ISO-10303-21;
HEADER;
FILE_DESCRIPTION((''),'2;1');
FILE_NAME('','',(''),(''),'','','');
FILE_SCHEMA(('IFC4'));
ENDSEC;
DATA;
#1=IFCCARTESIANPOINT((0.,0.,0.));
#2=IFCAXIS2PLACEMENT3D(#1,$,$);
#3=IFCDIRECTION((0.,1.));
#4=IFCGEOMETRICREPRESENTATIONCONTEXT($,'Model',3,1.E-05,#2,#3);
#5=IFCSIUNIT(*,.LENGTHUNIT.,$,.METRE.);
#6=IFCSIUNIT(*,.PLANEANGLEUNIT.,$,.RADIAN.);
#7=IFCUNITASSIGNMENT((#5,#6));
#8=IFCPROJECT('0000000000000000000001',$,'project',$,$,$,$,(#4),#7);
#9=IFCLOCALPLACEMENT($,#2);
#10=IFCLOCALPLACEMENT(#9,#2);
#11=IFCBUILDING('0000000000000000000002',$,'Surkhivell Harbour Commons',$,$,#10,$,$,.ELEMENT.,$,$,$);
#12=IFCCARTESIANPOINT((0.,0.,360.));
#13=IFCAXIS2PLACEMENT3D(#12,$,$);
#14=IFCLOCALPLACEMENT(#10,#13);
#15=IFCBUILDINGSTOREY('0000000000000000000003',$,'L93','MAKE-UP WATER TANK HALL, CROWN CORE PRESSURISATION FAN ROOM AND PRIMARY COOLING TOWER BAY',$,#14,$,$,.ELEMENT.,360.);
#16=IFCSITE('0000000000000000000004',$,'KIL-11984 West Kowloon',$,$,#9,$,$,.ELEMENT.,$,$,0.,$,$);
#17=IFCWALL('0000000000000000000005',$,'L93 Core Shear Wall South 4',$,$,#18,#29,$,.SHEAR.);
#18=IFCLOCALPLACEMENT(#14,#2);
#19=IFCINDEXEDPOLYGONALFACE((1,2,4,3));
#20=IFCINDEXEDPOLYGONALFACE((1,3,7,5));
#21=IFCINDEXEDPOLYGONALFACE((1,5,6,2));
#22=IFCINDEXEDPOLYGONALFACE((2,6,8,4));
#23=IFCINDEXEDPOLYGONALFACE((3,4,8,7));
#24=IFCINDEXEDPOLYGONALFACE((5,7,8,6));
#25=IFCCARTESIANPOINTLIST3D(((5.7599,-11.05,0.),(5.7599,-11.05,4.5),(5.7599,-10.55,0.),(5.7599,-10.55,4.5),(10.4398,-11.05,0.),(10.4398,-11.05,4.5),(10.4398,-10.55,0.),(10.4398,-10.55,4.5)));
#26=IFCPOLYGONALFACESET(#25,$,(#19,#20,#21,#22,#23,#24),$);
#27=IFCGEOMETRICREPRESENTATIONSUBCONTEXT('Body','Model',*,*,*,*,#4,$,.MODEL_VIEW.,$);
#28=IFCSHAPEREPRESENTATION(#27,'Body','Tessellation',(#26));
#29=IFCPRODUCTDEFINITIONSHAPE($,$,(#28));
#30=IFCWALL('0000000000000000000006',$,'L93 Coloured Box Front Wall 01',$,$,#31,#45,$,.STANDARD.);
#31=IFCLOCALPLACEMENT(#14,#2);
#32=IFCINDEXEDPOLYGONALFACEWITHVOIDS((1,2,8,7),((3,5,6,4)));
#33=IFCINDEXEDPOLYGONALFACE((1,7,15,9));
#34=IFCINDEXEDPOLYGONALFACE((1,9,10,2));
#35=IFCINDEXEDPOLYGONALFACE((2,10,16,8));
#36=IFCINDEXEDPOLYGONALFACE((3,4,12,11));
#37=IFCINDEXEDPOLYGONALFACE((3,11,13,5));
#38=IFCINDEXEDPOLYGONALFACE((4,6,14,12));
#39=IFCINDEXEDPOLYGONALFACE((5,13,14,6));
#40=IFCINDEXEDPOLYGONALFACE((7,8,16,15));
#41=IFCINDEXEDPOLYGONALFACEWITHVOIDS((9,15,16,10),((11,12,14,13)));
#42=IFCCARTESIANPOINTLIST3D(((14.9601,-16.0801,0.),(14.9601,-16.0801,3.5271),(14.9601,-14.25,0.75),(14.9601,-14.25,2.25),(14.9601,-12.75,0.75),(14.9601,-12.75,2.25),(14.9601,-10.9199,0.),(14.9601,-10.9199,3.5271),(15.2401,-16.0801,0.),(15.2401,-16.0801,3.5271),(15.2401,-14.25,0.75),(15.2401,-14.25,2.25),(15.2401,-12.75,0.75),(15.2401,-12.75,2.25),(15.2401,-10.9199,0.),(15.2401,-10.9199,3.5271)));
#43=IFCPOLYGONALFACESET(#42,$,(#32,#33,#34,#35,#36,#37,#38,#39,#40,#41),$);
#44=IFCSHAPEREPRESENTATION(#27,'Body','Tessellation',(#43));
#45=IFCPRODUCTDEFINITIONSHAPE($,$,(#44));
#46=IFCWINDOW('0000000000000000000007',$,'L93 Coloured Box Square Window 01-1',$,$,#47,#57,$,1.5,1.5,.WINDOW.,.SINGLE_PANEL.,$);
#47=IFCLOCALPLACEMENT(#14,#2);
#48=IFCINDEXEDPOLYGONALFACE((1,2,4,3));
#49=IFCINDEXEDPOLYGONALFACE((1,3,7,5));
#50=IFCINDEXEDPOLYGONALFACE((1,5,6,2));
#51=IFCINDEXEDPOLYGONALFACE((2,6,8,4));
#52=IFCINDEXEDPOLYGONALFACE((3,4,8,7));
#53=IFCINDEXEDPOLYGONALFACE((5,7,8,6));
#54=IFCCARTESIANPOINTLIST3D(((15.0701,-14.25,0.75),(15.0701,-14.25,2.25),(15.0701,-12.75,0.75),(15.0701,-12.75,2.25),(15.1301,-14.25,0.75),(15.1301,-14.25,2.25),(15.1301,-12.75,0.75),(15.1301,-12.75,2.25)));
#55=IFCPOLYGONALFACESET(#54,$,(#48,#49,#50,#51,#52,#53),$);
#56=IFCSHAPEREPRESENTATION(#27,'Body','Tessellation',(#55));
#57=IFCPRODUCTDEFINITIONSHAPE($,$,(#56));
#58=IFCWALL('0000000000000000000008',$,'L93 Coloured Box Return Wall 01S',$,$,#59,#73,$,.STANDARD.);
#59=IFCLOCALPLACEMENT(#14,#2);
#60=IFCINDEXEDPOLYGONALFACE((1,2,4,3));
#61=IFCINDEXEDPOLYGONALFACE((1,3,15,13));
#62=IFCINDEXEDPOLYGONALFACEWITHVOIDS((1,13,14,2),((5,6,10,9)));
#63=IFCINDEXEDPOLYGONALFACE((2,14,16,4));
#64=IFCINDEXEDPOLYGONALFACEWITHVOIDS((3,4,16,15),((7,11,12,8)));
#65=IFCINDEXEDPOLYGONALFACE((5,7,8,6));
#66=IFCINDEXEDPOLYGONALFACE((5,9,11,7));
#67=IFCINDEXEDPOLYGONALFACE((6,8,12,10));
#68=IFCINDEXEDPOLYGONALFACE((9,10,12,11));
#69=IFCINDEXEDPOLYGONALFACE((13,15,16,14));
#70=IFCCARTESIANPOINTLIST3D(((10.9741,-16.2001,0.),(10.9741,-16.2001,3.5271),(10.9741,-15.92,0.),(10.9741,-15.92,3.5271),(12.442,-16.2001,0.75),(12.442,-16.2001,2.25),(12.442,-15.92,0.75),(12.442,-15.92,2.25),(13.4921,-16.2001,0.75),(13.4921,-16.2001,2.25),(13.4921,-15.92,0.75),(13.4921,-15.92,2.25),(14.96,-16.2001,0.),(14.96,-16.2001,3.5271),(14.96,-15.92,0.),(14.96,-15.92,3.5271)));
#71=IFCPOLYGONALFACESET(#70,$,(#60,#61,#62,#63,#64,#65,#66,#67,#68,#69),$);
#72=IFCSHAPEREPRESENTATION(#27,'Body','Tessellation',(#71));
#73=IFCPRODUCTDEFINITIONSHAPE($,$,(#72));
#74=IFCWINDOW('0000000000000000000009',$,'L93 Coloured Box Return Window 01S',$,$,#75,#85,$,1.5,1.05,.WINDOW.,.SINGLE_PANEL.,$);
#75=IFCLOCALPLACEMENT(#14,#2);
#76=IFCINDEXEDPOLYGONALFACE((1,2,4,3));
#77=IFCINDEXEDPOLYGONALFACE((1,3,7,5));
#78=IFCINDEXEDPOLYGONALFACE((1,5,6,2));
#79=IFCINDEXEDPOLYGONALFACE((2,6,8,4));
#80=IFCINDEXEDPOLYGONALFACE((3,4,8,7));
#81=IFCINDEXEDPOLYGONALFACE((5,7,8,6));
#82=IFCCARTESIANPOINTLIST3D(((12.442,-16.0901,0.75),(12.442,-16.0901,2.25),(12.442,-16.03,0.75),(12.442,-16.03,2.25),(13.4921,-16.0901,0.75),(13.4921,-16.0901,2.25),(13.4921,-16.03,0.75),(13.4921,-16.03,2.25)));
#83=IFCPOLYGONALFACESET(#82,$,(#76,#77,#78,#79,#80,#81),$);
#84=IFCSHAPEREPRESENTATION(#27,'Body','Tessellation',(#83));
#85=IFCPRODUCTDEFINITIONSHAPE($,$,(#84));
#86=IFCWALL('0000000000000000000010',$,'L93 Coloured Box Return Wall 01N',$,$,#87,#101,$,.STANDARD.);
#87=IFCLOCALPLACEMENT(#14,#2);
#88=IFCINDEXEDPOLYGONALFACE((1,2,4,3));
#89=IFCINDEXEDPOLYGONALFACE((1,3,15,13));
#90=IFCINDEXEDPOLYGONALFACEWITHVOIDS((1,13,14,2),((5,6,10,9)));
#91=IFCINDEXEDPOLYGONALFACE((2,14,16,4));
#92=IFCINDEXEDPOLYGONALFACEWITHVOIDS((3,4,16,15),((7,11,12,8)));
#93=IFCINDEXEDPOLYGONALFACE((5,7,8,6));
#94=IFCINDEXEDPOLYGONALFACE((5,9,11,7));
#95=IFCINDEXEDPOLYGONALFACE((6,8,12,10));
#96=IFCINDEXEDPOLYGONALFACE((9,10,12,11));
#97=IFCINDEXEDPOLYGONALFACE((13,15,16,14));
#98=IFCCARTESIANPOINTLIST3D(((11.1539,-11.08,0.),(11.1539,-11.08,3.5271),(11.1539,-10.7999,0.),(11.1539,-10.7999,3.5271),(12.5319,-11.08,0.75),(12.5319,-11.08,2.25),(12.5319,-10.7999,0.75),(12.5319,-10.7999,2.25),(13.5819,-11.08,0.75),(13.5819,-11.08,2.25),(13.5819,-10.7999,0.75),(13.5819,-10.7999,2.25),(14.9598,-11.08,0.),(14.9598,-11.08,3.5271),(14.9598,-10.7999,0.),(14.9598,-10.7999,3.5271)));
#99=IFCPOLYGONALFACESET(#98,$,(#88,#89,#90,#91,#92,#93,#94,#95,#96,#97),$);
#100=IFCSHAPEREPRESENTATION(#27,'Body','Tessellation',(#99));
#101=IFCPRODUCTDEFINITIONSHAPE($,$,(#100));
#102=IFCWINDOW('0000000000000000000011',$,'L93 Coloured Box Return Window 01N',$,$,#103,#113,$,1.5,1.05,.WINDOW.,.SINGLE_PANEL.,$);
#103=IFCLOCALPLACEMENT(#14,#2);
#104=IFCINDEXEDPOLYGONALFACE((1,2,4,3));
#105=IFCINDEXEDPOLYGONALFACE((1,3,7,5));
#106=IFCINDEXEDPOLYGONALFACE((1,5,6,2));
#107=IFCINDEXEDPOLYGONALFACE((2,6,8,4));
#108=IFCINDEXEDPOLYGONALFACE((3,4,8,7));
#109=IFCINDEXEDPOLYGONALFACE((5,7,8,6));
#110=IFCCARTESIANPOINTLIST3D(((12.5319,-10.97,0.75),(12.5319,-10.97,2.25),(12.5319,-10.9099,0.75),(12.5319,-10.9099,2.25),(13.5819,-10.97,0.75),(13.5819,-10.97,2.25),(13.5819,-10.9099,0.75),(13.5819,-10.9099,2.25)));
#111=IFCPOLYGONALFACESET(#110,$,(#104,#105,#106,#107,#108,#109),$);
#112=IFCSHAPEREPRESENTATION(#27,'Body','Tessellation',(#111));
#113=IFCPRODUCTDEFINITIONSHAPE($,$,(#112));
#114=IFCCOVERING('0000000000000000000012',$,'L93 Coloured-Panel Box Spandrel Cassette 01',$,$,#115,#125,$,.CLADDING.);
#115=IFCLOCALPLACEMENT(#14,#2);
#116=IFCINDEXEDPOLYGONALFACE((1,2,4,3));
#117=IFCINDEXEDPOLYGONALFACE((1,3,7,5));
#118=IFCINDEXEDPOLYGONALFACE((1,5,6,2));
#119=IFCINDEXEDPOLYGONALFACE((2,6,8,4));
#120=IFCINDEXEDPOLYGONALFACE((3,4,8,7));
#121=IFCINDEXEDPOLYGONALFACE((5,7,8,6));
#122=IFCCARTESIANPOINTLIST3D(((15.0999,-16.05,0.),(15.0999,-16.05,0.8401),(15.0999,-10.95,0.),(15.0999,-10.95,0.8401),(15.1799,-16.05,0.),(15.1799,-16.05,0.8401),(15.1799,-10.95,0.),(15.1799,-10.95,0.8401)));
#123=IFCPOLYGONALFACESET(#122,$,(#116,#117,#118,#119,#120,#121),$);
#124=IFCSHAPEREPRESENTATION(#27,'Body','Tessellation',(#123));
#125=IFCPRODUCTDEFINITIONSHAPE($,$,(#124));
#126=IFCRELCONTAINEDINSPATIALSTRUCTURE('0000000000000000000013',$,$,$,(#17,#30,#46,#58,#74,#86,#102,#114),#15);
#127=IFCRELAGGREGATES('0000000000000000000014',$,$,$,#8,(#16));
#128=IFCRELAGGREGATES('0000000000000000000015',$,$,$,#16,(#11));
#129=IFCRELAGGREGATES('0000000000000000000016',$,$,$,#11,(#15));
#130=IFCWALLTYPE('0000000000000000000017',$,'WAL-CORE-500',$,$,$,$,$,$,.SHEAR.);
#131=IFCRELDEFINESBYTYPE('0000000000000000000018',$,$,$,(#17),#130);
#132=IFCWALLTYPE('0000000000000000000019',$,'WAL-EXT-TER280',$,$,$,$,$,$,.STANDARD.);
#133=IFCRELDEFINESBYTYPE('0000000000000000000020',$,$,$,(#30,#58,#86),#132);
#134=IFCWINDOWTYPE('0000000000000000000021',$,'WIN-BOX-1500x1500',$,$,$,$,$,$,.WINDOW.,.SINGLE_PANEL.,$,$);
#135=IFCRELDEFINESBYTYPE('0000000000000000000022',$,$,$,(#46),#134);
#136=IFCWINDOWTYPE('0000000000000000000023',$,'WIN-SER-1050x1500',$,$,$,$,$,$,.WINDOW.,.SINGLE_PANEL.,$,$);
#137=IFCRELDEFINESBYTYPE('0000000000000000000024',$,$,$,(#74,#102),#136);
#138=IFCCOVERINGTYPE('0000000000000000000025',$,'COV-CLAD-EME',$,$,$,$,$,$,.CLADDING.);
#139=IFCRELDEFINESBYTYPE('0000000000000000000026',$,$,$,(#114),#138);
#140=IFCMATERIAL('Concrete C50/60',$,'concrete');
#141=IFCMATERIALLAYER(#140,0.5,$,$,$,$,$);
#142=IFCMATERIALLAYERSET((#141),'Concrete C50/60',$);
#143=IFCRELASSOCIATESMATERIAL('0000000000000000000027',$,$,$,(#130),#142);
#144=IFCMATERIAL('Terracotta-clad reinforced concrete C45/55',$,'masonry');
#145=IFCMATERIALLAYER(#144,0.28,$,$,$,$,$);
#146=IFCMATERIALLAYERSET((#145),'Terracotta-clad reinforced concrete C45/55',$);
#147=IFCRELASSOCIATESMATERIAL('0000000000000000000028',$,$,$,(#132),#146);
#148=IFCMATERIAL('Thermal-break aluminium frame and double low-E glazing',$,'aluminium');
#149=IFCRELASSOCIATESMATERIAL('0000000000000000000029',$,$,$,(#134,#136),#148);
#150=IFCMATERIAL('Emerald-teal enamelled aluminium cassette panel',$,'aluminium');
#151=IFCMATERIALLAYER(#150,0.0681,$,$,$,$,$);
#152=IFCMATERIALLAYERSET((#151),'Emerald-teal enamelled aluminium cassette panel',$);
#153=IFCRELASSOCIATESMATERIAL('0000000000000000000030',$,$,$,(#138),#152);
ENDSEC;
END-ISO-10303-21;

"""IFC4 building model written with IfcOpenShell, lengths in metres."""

from ifc_helpers import new_model, si_unit, direction, frame, frame_2d, origin, origin_2d, place, context, subcontext, project, spatial, rectangle, extrude, material, layer, layer_set, type_object, element, fill, save


model = new_model("IFC4")

# Units and contexts
model_context = context("Model", 3, precision=1e-05, world=origin(), true_north=direction((0.0, 1.0)))
body_context = subcontext(model_context, "Body", "Model", "MODEL_VIEW")
ifc_project = project(units=[si_unit("LENGTHUNIT", "METRE"), si_unit("PLANEANGLEUNIT", "RADIAN")], contexts=[model_context])

# Site, building, storey
site_placement = place(None, origin())
site = spatial("IfcSite", under=ifc_project, at=site_placement, Name="KIL-11984 West Kowloon", CompositionType="ELEMENT", RefElevation=0.0)
building_placement = place(site_placement, origin())
building = spatial("IfcBuilding", under=site, at=building_placement, Name="Surkhivell Harbour Commons", CompositionType="ELEMENT")
storey_placement = place(building_placement, frame((0.0, 0.0, 360.0)))
storey = spatial("IfcBuildingStorey", under=building, at=storey_placement, Name="L93", Description="MAKE-UP WATER TANK HALL, CROWN CORE PRESSURISATION FAN ROOM AND PRIMARY COOLING TOWER BAY", CompositionType="ELEMENT", Elevation=360.0)

# Shared definitions
ifc_material_1 = material(Name="Concrete C50/60", Category="concrete")

# Wall
ifc_layer_1 = layer(ifc_material_1, 0.5)
ifc_layer_set_1 = layer_set([ifc_layer_1], Name="Concrete C50/60")
wall_type_1 = type_object("IfcWallType", Name="WAL-CORE-500", PredefinedType="SHEAR", material=ifc_layer_set_1)
for number, where, z_axis, x_axis, name in (
    (1, (5.76, -10.8, 0.0), (0.0, 0.0, 1.0), (1.0, 0.0, 0.0), "L93 Core Shear Wall South 4"),
):
    element("IfcWall", number, at=place(storey_placement, frame(where, z_axis=z_axis, x_axis=x_axis)), inside=storey, type_object=wall_type_1, Name=name, PredefinedType="SHEAR", context=body_context, shape_type="SweptSolid", body=[
        extrude(rectangle(XDim=4.6799, YDim=0.5, at=frame_2d((2.3398, 0.0))), origin(), (0.0, 0.0, 1.0), 4.5),
    ])

# Walls, openings, windows
ifc_material_2 = material(Name="Terracotta-clad reinforced concrete C45/55", Category="masonry")
ifc_layer_2 = layer(ifc_material_2, 0.28)
ifc_layer_set_2 = layer_set([ifc_layer_2], Name="Terracotta-clad reinforced concrete C45/55")
wall_type_2 = type_object("IfcWallType", Name="WAL-EXT-TER280", PredefinedType="STANDARD", material=ifc_layer_set_2)
wall_1_placement = place(storey_placement, frame((15.1001, -16.0801, 0.0), z_axis=(0.0, 0.0, 1.0), x_axis=(0.0, 1.0, 0.0)))
wall_1 = element("IfcWall", 2, at=wall_1_placement, inside=storey, type_object=wall_type_2, Name="L93 Coloured Box Front Wall 01", PredefinedType="STANDARD", context=body_context, shape_type="SweptSolid", body=[
    extrude(rectangle(XDim=5.1602, YDim=0.28, at=frame_2d((2.5801, 0.0))), origin(), (0.0, 0.0, 1.0), 3.5271),
])
opening_1_placement = place(wall_1_placement, frame((1.8301, 0.0, 0.75)))
opening_1 = element("IfcOpeningElement", 3, at=opening_1_placement, cuts=wall_1, PredefinedType="OPENING", context=body_context, shape_type="SweptSolid", body=[
    extrude(rectangle(XDim=1.5, YDim=1.5, at=frame_2d((0.75, 0.75))), frame((0.0, 0.1499, 0.0), z_axis=(0.0, -1.0, 0.0), x_axis=(1.0, 0.0, 0.0)), (0.0, 0.0, 1.0), 0.3),
])
ifc_material_3 = material(Name="Thermal-break aluminium frame and double low-E glazing", Category="aluminium")
window_type_1 = type_object("IfcWindowType", Name="WIN-BOX-1500x1500", PartitioningType="SINGLE_PANEL", PredefinedType="WINDOW", material=ifc_material_3)
window_1_placement = place(opening_1_placement, origin())
window_1 = element("IfcWindow", 4, at=window_1_placement, inside=storey, type_object=window_type_1, Name="L93 Coloured Box Square Window 01-1", OverallHeight=1.5, OverallWidth=1.5, PartitioningType="SINGLE_PANEL", PredefinedType="WINDOW", context=body_context, shape_type="SweptSolid", body=[
    extrude(rectangle(XDim=1.5, YDim=1.5, at=frame_2d((0.75, 0.75))), frame((0.0, 0.03, 0.0), z_axis=(0.0, -1.0, 0.0), x_axis=(1.0, 0.0, 0.0)), (0.0, 0.0, 1.0), 0.0601),
])
fill(opening_1, window_1)
wall_2_placement = place(storey_placement, frame((10.9741, -16.0601, 0.0), z_axis=(0.0, 0.0, 1.0), x_axis=(1.0, 0.0, 0.0)))
wall_2 = element("IfcWall", 5, at=wall_2_placement, inside=storey, type_object=wall_type_2, Name="L93 Coloured Box Return Wall 01S", PredefinedType="STANDARD", context=body_context, shape_type="SweptSolid", body=[
    extrude(rectangle(XDim=3.9858, YDim=0.28, at=frame_2d((1.9929, 0.0))), origin(), (0.0, 0.0, 1.0), 3.5271),
])
opening_2_placement = place(wall_2_placement, frame((1.468, 0.0, 0.75)))
opening_2 = element("IfcOpeningElement", 6, at=opening_2_placement, cuts=wall_2, PredefinedType="OPENING", context=body_context, shape_type="SweptSolid", body=[
    extrude(rectangle(XDim=1.05, YDim=1.5, at=frame_2d((0.5249, 0.75))), frame((0.0, 0.1499, 0.0), z_axis=(0.0, -1.0, 0.0), x_axis=(1.0, 0.0, 0.0)), (0.0, 0.0, 1.0), 0.3),
])
window_type_2 = type_object("IfcWindowType", Name="WIN-SER-1050x1500", PartitioningType="SINGLE_PANEL", PredefinedType="WINDOW", material=ifc_material_3)
window_2_placement = place(opening_2_placement, origin())
window_2 = element("IfcWindow", 7, at=window_2_placement, inside=storey, type_object=window_type_2, Name="L93 Coloured Box Return Window 01S", OverallHeight=1.5, OverallWidth=1.05, PartitioningType="SINGLE_PANEL", PredefinedType="WINDOW", context=body_context, shape_type="SweptSolid", body=[
    extrude(rectangle(XDim=1.05, YDim=1.5, at=frame_2d((0.5249, 0.75))), frame((0.0, 0.03, 0.0), z_axis=(0.0, -1.0, 0.0), x_axis=(1.0, 0.0, 0.0)), (0.0, 0.0, 1.0), 0.0601),
])
fill(opening_2, window_2)
wall_3_placement = place(storey_placement, frame((11.1541, -10.9399, 0.0), z_axis=(0.0, 0.0, 1.0), x_axis=(1.0, 0.0, 0.0)))
wall_3 = element("IfcWall", 8, at=wall_3_placement, inside=storey, type_object=wall_type_2, Name="L93 Coloured Box Return Wall 01N", PredefinedType="STANDARD", context=body_context, shape_type="SweptSolid", body=[
    extrude(rectangle(XDim=3.8059, YDim=0.28, at=frame_2d((1.9028, 0.0))), origin(), (0.0, 0.0, 1.0), 3.5271),
])
opening_3_placement = place(wall_3_placement, frame((1.3779, 0.0, 0.75)))
opening_3 = element("IfcOpeningElement", 9, at=opening_3_placement, cuts=wall_3, PredefinedType="OPENING", context=body_context, shape_type="SweptSolid", body=[
    extrude(rectangle(XDim=1.05, YDim=1.5, at=frame_2d((0.5249, 0.75))), frame((0.0, 0.1499, 0.0), z_axis=(0.0, -1.0, 0.0), x_axis=(1.0, 0.0, 0.0)), (0.0, 0.0, 1.0), 0.3),
])
window_3_placement = place(opening_3_placement, origin())
window_3 = element("IfcWindow", 10, at=window_3_placement, inside=storey, type_object=window_type_2, Name="L93 Coloured Box Return Window 01N", OverallHeight=1.5, OverallWidth=1.05, PartitioningType="SINGLE_PANEL", PredefinedType="WINDOW", context=body_context, shape_type="SweptSolid", body=[
    extrude(rectangle(XDim=1.05, YDim=1.5, at=frame_2d((0.5249, 0.75))), frame((0.0, 0.03, 0.0), z_axis=(0.0, -1.0, 0.0), x_axis=(1.0, 0.0, 0.0)), (0.0, 0.0, 1.0), 0.0601),
])
fill(opening_3, window_3)

# Covering
ifc_material_4 = material(Name="Emerald-teal enamelled aluminium cassette panel", Category="aluminium")
ifc_layer_3 = layer(ifc_material_4, 0.0681)
ifc_layer_set_3 = layer_set([ifc_layer_3], Name="Emerald-teal enamelled aluminium cassette panel")
covering_type = type_object("IfcCoveringType", Name="COV-CLAD-EME", PredefinedType="CLADDING", material=ifc_layer_set_3)
covering_placement = place(storey_placement, frame((15.1399, -13.5, 0.0), z_axis=(0.0, 0.0, 1.0), x_axis=(1.0, 0.0, 0.0)))
element("IfcCovering", 11, at=covering_placement, inside=storey, type_object=covering_type, Name="L93 Coloured-Panel Box Spandrel Cassette 01", PredefinedType="CLADDING", context=body_context, shape_type="SweptSolid", body=[
    extrude(rectangle(XDim=0.0801, YDim=5.1001, at=origin_2d()), origin(), (0.0, 0.0, 1.0), 0.8401),
])

save(model, "model.ifc")
